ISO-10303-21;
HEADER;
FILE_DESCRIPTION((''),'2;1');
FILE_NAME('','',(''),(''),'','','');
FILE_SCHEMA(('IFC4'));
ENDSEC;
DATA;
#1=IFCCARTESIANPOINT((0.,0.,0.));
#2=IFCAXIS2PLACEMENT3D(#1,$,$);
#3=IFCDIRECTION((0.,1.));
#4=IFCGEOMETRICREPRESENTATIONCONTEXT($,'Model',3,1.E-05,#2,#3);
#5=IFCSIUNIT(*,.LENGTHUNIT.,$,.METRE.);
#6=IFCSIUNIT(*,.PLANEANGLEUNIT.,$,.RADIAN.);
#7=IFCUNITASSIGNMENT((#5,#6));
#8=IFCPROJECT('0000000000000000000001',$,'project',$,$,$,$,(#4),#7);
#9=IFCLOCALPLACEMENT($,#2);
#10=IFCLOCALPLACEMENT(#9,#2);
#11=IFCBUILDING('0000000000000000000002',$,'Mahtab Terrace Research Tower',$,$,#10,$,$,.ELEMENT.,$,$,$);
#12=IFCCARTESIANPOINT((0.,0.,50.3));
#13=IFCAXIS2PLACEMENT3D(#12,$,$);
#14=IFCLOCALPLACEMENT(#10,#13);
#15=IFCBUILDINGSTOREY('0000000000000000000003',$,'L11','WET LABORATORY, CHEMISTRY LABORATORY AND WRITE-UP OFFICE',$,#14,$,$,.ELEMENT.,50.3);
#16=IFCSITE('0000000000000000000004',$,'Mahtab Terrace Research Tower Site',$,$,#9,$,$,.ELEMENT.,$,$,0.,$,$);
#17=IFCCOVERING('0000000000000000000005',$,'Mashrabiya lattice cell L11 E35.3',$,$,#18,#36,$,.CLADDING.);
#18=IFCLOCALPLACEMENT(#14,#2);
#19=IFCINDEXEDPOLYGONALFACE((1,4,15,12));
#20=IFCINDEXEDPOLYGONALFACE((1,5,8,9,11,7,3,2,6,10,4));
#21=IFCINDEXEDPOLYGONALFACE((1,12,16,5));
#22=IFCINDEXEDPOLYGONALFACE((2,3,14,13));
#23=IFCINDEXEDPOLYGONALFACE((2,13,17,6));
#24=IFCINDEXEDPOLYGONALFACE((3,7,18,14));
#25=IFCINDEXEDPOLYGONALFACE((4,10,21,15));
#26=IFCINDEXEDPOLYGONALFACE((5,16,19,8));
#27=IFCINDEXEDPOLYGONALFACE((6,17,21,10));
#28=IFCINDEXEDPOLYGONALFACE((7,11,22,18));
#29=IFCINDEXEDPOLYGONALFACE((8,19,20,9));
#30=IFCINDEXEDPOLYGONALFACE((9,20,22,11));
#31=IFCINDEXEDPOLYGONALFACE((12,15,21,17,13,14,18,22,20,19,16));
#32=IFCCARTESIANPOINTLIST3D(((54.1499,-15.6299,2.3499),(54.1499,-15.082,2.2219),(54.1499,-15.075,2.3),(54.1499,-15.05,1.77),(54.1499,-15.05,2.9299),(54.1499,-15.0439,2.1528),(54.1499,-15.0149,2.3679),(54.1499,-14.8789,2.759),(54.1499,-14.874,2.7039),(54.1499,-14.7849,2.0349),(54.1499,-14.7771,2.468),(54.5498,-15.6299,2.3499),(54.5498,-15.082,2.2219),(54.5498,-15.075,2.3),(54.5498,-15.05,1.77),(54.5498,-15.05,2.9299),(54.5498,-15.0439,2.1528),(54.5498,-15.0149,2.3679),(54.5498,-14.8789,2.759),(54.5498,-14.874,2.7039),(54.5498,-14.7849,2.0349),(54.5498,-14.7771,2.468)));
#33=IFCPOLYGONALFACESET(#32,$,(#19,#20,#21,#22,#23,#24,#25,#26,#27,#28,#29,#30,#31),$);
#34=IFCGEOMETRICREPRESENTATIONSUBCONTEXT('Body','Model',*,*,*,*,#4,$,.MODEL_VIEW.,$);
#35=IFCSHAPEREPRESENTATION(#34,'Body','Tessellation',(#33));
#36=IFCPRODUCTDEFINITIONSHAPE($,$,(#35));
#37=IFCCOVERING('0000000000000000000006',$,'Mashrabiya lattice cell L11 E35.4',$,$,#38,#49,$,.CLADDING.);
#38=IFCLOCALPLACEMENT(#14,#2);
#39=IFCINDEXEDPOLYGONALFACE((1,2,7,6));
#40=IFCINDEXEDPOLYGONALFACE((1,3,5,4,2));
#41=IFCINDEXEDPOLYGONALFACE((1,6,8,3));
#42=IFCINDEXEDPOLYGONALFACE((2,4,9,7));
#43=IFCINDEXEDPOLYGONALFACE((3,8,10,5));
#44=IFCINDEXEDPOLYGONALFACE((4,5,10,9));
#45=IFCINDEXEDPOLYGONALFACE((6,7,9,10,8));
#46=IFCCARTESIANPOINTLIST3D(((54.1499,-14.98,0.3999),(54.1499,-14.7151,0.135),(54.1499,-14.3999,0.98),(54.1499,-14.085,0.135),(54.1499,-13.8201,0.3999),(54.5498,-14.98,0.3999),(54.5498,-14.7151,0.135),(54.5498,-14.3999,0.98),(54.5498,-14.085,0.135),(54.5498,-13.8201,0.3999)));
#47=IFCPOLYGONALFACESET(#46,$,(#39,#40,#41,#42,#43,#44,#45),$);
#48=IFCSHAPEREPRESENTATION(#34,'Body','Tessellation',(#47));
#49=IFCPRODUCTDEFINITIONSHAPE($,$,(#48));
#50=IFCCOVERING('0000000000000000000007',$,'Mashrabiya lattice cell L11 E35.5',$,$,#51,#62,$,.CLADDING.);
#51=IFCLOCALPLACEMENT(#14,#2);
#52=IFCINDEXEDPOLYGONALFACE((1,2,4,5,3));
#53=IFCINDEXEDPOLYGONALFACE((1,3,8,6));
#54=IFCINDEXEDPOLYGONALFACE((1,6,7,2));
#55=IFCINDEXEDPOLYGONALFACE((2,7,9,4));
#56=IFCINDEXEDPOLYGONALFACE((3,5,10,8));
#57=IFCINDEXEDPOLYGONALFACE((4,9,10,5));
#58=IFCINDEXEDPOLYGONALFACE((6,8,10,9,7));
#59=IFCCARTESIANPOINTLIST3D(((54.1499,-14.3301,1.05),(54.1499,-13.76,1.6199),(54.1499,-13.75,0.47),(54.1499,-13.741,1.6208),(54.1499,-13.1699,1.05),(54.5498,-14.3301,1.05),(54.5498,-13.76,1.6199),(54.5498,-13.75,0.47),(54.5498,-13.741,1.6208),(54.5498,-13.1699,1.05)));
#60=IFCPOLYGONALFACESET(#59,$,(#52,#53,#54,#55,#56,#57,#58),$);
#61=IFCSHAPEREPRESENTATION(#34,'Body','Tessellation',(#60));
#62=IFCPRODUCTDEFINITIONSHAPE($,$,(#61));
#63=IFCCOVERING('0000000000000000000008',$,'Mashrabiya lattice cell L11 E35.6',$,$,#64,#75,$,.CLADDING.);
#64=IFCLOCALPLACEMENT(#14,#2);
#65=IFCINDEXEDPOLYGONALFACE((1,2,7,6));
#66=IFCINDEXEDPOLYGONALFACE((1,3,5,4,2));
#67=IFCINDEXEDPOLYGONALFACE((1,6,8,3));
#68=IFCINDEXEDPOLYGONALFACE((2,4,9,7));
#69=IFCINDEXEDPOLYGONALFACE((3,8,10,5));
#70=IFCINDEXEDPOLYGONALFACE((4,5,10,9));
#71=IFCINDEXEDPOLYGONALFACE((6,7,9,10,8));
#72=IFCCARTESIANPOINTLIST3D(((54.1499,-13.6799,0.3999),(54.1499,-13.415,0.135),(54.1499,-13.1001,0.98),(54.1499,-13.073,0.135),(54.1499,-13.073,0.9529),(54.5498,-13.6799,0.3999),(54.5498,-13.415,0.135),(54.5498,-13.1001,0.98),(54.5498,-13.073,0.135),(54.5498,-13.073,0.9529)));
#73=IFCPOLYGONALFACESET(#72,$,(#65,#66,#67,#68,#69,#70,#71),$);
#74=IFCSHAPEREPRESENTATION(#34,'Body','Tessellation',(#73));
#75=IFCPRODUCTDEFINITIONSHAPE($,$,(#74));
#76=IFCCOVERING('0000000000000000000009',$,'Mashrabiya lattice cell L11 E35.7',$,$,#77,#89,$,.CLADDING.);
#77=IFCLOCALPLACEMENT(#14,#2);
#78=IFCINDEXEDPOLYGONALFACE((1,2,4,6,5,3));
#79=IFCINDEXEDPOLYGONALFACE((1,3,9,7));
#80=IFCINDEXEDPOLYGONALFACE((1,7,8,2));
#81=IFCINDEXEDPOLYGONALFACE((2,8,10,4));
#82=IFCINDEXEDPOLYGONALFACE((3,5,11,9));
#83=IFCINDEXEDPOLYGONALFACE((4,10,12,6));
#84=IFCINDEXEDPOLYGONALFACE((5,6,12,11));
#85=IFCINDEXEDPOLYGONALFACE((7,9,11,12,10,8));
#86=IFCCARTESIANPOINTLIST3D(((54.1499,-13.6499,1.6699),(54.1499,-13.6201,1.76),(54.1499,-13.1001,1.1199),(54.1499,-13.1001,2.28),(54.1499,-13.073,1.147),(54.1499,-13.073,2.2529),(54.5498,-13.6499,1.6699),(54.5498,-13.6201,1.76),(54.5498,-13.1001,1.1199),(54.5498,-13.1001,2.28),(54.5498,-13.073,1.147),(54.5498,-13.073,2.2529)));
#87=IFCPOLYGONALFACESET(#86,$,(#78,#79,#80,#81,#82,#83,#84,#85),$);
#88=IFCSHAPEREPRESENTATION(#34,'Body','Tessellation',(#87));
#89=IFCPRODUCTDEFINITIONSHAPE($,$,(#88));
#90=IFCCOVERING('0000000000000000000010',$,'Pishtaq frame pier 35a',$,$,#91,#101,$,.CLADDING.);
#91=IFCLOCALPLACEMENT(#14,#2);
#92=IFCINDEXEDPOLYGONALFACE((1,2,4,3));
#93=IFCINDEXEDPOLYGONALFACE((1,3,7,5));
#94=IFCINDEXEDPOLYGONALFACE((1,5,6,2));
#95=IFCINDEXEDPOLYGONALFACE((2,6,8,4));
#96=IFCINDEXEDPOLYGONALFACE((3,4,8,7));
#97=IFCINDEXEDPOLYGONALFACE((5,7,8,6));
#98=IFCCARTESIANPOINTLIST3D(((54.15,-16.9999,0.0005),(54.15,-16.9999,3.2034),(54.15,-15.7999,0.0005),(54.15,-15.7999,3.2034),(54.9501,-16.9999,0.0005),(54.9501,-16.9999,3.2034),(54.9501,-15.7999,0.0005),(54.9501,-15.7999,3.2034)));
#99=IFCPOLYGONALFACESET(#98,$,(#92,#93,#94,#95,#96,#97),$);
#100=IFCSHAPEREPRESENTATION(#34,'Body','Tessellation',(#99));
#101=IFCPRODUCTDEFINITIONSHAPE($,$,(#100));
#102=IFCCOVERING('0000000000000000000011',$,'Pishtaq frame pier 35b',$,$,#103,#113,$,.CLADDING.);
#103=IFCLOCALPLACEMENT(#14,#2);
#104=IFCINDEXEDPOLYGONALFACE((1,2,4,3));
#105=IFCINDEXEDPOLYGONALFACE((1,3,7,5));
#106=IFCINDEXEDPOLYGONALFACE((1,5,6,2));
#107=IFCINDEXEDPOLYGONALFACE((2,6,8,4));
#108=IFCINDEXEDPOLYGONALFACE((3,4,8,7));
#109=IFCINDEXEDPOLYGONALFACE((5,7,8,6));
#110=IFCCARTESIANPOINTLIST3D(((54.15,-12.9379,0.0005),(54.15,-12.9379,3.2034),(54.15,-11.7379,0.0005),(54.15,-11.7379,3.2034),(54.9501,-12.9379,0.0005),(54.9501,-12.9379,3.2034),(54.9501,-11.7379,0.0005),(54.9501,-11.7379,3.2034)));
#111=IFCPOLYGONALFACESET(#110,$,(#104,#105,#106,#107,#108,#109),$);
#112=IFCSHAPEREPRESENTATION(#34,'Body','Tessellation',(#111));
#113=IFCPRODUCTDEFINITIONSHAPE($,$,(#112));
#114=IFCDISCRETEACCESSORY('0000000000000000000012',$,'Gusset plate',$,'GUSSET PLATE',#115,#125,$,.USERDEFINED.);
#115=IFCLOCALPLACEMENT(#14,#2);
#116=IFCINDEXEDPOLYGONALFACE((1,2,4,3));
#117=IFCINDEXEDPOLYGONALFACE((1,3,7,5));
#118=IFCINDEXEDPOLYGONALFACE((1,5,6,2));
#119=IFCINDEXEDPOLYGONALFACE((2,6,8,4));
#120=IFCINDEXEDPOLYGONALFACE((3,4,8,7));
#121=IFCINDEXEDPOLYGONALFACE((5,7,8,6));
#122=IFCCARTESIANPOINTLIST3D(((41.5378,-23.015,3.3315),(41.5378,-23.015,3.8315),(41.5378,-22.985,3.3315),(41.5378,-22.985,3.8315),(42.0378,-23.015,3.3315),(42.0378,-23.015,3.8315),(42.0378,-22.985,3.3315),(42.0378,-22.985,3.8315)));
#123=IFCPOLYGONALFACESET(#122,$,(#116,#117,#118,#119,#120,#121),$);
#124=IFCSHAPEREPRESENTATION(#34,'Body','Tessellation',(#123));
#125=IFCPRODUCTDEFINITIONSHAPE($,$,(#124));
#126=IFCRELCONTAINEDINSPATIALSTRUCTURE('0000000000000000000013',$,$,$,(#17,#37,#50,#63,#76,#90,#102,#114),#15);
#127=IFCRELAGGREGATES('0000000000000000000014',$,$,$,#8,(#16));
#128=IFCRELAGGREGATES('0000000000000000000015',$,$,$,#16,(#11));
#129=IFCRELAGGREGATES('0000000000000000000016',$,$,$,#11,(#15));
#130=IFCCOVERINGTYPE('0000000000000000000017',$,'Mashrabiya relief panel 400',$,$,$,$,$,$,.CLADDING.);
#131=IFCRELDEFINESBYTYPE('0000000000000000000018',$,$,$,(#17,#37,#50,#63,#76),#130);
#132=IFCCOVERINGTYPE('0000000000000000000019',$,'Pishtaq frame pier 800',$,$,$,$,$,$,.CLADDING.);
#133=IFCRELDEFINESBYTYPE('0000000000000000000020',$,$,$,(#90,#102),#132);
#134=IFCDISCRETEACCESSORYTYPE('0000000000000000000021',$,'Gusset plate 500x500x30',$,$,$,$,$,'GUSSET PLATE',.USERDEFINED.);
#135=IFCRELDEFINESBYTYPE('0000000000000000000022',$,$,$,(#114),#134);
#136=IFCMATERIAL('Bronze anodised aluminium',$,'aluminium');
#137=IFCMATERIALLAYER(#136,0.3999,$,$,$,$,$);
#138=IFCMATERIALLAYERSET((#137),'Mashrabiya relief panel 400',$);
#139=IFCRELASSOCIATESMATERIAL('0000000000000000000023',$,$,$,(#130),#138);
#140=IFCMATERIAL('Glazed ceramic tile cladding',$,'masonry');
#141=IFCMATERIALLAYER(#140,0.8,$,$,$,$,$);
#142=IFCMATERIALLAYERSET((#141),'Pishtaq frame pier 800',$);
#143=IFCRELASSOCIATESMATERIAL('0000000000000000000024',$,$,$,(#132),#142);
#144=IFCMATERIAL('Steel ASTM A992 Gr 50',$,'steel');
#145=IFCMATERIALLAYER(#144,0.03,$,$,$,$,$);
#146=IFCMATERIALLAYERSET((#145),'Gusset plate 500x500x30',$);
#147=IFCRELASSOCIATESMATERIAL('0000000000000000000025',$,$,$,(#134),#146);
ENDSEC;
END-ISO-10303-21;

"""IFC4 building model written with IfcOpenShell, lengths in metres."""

from ifc_helpers import new_model, si_unit, direction, frame, origin, origin_2d, place, context, subcontext, project, spatial, polyline, rectangle, outline, extrude, material, layer, layer_set, type_object, element, save


model = new_model("IFC4")

# Units and contexts
model_context = context("Model", 3, precision=1e-05, world=origin(), true_north=direction((0.0, 1.0)))
body_context = subcontext(model_context, "Body", "Model", "MODEL_VIEW")
ifc_project = project(units=[si_unit("LENGTHUNIT", "METRE"), si_unit("PLANEANGLEUNIT", "RADIAN")], contexts=[model_context])

# Site, building, storey
site_placement = place(None, origin())
site = spatial("IfcSite", under=ifc_project, at=site_placement, Name="Mahtab Terrace Research Tower Site", CompositionType="ELEMENT", RefElevation=0.0)
building_placement = place(site_placement, origin())
building = spatial("IfcBuilding", under=site, at=building_placement, Name="Mahtab Terrace Research Tower", CompositionType="ELEMENT")
storey_placement = place(building_placement, frame((0.0, 0.0, 50.3)))
storey = spatial("IfcBuildingStorey", under=building, at=storey_placement, Name="L11", Description="WET LABORATORY, CHEMISTRY LABORATORY AND WRITE-UP OFFICE", CompositionType="ELEMENT", Elevation=50.3)

# Shared definitions
ifc_material_1 = material(Name="Steel ASTM A992 Gr 50", Category="steel")

# Coverings
ifc_material_2 = material(Name="Bronze anodised aluminium", Category="aluminium")
ifc_layer_1 = layer(ifc_material_2, 0.3999)
ifc_layer_set_1 = layer_set([ifc_layer_1], Name="Mashrabiya relief panel 400")
covering_type_1 = type_object("IfcCoveringType", Name="Mashrabiya relief panel 400", PredefinedType="CLADDING", material=ifc_layer_set_1)
covering_1_placement = place(storey_placement, frame((54.1499, -15.05, 1.77), z_axis=(-1.0, 0.0, 0.0), x_axis=(0.0, -0.707107, 0.707107)))
element("IfcCovering", 1, at=covering_1_placement, inside=storey, type_object=covering_type_1, Name="Mashrabiya lattice cell L11 E35.3", PredefinedType="CLADDING", context=body_context, shape_type="SweptSolid", body=[
    extrude(outline(polyline([(0.0, 0.0), (0.82, 0.0), (0.8202, 0.8202), (0.5783, 0.8204), (0.5359, 0.7848), (0.3006, 0.6866), (0.3979, 0.4476), (0.3924, 0.3572), (0.3422, 0.2969), (0.2664, 0.275), (-0.0002, 0.3748), (0.0, 0.0)])), origin(), (0.0, 0.0, -1.0), 0.3999),
])
covering_2_placement = place(storey_placement, frame((54.1499, -14.98, 0.3999), z_axis=(-1.0, 0.0, 0.0), x_axis=(0.0, 0.707107, 0.707107)))
element("IfcCovering", 2, at=covering_2_placement, inside=storey, type_object=covering_type_1, Name="Mashrabiya lattice cell L11 E35.4", PredefinedType="CLADDING", context=body_context, shape_type="SweptSolid", body=[
    extrude(outline(polyline([(0.0, 0.0), (0.8204, 0.0), (0.8202, 0.8202), (0.4456, 0.8202), (0.0, 0.3746), (0.0, 0.0)])), origin(), (0.0, 0.0, -1.0), 0.3999),
])
covering_3_placement = place(storey_placement, frame((54.1499, -13.1699, 1.05), z_axis=(-1.0, 0.0, 0.0), x_axis=(0.0, -0.707107, -0.707107)))
element("IfcCovering", 3, at=covering_3_placement, inside=storey, type_object=covering_type_1, Name="Mashrabiya lattice cell L11 E35.5", PredefinedType="CLADDING", context=body_context, shape_type="SweptSolid", body=[
    extrude(outline(polyline([(0.0, 0.0), (0.8204, 0.0), (0.8204, 0.8204), (0.0143, 0.8202), (0.0002, 0.8074), (0.0, 0.0)])), origin(), (0.0, 0.0, -1.0), 0.3999),
])
covering_4_placement = place(storey_placement, frame((54.1499, -13.6799, 0.3999), z_axis=(-1.0, 0.0, 0.0), x_axis=(0.0, 0.706958, 0.707256)))
element("IfcCovering", 4, at=covering_4_placement, inside=storey, type_object=covering_type_1, Name="Mashrabiya lattice cell L11 E35.6", PredefinedType="CLADDING", context=body_context, shape_type="SweptSolid", body=[
    extrude(outline(polyline([(0.0, 0.0), (0.8202, 0.0), (0.8202, 0.0383), (0.2417, 0.6165), (-0.0001, 0.3746), (0.0, 0.0)])), origin(), (0.0, 0.0, -1.0), 0.3999),
])
covering_5_placement = place(storey_placement, frame((54.1499, -13.1001, 1.1199), z_axis=(-1.0, 0.0, 0.0), x_axis=(0.0, -0.70695, 0.707264)))
element("IfcCovering", 5, at=covering_5_placement, inside=storey, type_object=covering_type_1, Name="Mashrabiya lattice cell L11 E35.7", PredefinedType="CLADDING", context=body_context, shape_type="SweptSolid", body=[
    extrude(outline(polyline([(0.0, 0.0), (0.7777, 0.0), (0.8204, 0.0848), (0.8205, 0.8202), (0.7822, 0.8202), (0.0, 0.0383), (0.0, 0.0)])), origin(), (0.0, 0.0, -1.0), 0.3999),
])
ifc_material_3 = material(Name="Glazed ceramic tile cladding", Category="masonry")
ifc_layer_2 = layer(ifc_material_3, 0.8)
ifc_layer_set_2 = layer_set([ifc_layer_2], Name="Pishtaq frame pier 800")
covering_type_2 = type_object("IfcCoveringType", Name="Pishtaq frame pier 800", PredefinedType="CLADDING", material=ifc_layer_set_2)
for number, where, z_axis, x_axis, name in (
    (6, (54.55, -16.3999, 0.0005), (0.0, 0.0, 1.0), (0.0, 1.0, 0.0), "Pishtaq frame pier 35a"),
    (7, (54.55, -12.3379, 0.0005), (0.0, 0.0, 1.0), (0.0, 1.0, 0.0), "Pishtaq frame pier 35b"),
):
    element("IfcCovering", number, at=place(storey_placement, frame(where, z_axis=z_axis, x_axis=x_axis)), inside=storey, type_object=covering_type_2, Name=name, PredefinedType="CLADDING", context=body_context, shape_type="SweptSolid", body=[
        extrude(rectangle(XDim=1.2, YDim=0.8, at=origin_2d()), origin(), (0.0, 0.0, 1.0), 3.2029),
    ])

# Discrete accessory
ifc_layer_3 = layer(ifc_material_1, 0.03)
ifc_layer_set_3 = layer_set([ifc_layer_3], Name="Gusset plate 500x500x30")
discrete_accessory_type = type_object("IfcDiscreteAccessoryType", Name="Gusset plate 500x500x30", ElementType="GUSSET PLATE", PredefinedType="USERDEFINED", material=ifc_layer_set_3)
discrete_accessory_placement = place(storey_placement, frame((41.7878, -23.0, 3.3315), z_axis=(0.0, 0.0, 1.0), x_axis=(1.0, 0.0, 0.0)))
element("IfcDiscreteAccessory", 8, at=discrete_accessory_placement, inside=storey, type_object=discrete_accessory_type, Name="Gusset plate", ObjectType="GUSSET PLATE", PredefinedType="USERDEFINED", context=body_context, shape_type="SweptSolid", body=[
    extrude(rectangle(XDim=0.5, YDim=0.03, at=origin_2d()), origin(), (0.0, 0.0, 1.0), 0.5),
])

save(model, "model.ifc")
